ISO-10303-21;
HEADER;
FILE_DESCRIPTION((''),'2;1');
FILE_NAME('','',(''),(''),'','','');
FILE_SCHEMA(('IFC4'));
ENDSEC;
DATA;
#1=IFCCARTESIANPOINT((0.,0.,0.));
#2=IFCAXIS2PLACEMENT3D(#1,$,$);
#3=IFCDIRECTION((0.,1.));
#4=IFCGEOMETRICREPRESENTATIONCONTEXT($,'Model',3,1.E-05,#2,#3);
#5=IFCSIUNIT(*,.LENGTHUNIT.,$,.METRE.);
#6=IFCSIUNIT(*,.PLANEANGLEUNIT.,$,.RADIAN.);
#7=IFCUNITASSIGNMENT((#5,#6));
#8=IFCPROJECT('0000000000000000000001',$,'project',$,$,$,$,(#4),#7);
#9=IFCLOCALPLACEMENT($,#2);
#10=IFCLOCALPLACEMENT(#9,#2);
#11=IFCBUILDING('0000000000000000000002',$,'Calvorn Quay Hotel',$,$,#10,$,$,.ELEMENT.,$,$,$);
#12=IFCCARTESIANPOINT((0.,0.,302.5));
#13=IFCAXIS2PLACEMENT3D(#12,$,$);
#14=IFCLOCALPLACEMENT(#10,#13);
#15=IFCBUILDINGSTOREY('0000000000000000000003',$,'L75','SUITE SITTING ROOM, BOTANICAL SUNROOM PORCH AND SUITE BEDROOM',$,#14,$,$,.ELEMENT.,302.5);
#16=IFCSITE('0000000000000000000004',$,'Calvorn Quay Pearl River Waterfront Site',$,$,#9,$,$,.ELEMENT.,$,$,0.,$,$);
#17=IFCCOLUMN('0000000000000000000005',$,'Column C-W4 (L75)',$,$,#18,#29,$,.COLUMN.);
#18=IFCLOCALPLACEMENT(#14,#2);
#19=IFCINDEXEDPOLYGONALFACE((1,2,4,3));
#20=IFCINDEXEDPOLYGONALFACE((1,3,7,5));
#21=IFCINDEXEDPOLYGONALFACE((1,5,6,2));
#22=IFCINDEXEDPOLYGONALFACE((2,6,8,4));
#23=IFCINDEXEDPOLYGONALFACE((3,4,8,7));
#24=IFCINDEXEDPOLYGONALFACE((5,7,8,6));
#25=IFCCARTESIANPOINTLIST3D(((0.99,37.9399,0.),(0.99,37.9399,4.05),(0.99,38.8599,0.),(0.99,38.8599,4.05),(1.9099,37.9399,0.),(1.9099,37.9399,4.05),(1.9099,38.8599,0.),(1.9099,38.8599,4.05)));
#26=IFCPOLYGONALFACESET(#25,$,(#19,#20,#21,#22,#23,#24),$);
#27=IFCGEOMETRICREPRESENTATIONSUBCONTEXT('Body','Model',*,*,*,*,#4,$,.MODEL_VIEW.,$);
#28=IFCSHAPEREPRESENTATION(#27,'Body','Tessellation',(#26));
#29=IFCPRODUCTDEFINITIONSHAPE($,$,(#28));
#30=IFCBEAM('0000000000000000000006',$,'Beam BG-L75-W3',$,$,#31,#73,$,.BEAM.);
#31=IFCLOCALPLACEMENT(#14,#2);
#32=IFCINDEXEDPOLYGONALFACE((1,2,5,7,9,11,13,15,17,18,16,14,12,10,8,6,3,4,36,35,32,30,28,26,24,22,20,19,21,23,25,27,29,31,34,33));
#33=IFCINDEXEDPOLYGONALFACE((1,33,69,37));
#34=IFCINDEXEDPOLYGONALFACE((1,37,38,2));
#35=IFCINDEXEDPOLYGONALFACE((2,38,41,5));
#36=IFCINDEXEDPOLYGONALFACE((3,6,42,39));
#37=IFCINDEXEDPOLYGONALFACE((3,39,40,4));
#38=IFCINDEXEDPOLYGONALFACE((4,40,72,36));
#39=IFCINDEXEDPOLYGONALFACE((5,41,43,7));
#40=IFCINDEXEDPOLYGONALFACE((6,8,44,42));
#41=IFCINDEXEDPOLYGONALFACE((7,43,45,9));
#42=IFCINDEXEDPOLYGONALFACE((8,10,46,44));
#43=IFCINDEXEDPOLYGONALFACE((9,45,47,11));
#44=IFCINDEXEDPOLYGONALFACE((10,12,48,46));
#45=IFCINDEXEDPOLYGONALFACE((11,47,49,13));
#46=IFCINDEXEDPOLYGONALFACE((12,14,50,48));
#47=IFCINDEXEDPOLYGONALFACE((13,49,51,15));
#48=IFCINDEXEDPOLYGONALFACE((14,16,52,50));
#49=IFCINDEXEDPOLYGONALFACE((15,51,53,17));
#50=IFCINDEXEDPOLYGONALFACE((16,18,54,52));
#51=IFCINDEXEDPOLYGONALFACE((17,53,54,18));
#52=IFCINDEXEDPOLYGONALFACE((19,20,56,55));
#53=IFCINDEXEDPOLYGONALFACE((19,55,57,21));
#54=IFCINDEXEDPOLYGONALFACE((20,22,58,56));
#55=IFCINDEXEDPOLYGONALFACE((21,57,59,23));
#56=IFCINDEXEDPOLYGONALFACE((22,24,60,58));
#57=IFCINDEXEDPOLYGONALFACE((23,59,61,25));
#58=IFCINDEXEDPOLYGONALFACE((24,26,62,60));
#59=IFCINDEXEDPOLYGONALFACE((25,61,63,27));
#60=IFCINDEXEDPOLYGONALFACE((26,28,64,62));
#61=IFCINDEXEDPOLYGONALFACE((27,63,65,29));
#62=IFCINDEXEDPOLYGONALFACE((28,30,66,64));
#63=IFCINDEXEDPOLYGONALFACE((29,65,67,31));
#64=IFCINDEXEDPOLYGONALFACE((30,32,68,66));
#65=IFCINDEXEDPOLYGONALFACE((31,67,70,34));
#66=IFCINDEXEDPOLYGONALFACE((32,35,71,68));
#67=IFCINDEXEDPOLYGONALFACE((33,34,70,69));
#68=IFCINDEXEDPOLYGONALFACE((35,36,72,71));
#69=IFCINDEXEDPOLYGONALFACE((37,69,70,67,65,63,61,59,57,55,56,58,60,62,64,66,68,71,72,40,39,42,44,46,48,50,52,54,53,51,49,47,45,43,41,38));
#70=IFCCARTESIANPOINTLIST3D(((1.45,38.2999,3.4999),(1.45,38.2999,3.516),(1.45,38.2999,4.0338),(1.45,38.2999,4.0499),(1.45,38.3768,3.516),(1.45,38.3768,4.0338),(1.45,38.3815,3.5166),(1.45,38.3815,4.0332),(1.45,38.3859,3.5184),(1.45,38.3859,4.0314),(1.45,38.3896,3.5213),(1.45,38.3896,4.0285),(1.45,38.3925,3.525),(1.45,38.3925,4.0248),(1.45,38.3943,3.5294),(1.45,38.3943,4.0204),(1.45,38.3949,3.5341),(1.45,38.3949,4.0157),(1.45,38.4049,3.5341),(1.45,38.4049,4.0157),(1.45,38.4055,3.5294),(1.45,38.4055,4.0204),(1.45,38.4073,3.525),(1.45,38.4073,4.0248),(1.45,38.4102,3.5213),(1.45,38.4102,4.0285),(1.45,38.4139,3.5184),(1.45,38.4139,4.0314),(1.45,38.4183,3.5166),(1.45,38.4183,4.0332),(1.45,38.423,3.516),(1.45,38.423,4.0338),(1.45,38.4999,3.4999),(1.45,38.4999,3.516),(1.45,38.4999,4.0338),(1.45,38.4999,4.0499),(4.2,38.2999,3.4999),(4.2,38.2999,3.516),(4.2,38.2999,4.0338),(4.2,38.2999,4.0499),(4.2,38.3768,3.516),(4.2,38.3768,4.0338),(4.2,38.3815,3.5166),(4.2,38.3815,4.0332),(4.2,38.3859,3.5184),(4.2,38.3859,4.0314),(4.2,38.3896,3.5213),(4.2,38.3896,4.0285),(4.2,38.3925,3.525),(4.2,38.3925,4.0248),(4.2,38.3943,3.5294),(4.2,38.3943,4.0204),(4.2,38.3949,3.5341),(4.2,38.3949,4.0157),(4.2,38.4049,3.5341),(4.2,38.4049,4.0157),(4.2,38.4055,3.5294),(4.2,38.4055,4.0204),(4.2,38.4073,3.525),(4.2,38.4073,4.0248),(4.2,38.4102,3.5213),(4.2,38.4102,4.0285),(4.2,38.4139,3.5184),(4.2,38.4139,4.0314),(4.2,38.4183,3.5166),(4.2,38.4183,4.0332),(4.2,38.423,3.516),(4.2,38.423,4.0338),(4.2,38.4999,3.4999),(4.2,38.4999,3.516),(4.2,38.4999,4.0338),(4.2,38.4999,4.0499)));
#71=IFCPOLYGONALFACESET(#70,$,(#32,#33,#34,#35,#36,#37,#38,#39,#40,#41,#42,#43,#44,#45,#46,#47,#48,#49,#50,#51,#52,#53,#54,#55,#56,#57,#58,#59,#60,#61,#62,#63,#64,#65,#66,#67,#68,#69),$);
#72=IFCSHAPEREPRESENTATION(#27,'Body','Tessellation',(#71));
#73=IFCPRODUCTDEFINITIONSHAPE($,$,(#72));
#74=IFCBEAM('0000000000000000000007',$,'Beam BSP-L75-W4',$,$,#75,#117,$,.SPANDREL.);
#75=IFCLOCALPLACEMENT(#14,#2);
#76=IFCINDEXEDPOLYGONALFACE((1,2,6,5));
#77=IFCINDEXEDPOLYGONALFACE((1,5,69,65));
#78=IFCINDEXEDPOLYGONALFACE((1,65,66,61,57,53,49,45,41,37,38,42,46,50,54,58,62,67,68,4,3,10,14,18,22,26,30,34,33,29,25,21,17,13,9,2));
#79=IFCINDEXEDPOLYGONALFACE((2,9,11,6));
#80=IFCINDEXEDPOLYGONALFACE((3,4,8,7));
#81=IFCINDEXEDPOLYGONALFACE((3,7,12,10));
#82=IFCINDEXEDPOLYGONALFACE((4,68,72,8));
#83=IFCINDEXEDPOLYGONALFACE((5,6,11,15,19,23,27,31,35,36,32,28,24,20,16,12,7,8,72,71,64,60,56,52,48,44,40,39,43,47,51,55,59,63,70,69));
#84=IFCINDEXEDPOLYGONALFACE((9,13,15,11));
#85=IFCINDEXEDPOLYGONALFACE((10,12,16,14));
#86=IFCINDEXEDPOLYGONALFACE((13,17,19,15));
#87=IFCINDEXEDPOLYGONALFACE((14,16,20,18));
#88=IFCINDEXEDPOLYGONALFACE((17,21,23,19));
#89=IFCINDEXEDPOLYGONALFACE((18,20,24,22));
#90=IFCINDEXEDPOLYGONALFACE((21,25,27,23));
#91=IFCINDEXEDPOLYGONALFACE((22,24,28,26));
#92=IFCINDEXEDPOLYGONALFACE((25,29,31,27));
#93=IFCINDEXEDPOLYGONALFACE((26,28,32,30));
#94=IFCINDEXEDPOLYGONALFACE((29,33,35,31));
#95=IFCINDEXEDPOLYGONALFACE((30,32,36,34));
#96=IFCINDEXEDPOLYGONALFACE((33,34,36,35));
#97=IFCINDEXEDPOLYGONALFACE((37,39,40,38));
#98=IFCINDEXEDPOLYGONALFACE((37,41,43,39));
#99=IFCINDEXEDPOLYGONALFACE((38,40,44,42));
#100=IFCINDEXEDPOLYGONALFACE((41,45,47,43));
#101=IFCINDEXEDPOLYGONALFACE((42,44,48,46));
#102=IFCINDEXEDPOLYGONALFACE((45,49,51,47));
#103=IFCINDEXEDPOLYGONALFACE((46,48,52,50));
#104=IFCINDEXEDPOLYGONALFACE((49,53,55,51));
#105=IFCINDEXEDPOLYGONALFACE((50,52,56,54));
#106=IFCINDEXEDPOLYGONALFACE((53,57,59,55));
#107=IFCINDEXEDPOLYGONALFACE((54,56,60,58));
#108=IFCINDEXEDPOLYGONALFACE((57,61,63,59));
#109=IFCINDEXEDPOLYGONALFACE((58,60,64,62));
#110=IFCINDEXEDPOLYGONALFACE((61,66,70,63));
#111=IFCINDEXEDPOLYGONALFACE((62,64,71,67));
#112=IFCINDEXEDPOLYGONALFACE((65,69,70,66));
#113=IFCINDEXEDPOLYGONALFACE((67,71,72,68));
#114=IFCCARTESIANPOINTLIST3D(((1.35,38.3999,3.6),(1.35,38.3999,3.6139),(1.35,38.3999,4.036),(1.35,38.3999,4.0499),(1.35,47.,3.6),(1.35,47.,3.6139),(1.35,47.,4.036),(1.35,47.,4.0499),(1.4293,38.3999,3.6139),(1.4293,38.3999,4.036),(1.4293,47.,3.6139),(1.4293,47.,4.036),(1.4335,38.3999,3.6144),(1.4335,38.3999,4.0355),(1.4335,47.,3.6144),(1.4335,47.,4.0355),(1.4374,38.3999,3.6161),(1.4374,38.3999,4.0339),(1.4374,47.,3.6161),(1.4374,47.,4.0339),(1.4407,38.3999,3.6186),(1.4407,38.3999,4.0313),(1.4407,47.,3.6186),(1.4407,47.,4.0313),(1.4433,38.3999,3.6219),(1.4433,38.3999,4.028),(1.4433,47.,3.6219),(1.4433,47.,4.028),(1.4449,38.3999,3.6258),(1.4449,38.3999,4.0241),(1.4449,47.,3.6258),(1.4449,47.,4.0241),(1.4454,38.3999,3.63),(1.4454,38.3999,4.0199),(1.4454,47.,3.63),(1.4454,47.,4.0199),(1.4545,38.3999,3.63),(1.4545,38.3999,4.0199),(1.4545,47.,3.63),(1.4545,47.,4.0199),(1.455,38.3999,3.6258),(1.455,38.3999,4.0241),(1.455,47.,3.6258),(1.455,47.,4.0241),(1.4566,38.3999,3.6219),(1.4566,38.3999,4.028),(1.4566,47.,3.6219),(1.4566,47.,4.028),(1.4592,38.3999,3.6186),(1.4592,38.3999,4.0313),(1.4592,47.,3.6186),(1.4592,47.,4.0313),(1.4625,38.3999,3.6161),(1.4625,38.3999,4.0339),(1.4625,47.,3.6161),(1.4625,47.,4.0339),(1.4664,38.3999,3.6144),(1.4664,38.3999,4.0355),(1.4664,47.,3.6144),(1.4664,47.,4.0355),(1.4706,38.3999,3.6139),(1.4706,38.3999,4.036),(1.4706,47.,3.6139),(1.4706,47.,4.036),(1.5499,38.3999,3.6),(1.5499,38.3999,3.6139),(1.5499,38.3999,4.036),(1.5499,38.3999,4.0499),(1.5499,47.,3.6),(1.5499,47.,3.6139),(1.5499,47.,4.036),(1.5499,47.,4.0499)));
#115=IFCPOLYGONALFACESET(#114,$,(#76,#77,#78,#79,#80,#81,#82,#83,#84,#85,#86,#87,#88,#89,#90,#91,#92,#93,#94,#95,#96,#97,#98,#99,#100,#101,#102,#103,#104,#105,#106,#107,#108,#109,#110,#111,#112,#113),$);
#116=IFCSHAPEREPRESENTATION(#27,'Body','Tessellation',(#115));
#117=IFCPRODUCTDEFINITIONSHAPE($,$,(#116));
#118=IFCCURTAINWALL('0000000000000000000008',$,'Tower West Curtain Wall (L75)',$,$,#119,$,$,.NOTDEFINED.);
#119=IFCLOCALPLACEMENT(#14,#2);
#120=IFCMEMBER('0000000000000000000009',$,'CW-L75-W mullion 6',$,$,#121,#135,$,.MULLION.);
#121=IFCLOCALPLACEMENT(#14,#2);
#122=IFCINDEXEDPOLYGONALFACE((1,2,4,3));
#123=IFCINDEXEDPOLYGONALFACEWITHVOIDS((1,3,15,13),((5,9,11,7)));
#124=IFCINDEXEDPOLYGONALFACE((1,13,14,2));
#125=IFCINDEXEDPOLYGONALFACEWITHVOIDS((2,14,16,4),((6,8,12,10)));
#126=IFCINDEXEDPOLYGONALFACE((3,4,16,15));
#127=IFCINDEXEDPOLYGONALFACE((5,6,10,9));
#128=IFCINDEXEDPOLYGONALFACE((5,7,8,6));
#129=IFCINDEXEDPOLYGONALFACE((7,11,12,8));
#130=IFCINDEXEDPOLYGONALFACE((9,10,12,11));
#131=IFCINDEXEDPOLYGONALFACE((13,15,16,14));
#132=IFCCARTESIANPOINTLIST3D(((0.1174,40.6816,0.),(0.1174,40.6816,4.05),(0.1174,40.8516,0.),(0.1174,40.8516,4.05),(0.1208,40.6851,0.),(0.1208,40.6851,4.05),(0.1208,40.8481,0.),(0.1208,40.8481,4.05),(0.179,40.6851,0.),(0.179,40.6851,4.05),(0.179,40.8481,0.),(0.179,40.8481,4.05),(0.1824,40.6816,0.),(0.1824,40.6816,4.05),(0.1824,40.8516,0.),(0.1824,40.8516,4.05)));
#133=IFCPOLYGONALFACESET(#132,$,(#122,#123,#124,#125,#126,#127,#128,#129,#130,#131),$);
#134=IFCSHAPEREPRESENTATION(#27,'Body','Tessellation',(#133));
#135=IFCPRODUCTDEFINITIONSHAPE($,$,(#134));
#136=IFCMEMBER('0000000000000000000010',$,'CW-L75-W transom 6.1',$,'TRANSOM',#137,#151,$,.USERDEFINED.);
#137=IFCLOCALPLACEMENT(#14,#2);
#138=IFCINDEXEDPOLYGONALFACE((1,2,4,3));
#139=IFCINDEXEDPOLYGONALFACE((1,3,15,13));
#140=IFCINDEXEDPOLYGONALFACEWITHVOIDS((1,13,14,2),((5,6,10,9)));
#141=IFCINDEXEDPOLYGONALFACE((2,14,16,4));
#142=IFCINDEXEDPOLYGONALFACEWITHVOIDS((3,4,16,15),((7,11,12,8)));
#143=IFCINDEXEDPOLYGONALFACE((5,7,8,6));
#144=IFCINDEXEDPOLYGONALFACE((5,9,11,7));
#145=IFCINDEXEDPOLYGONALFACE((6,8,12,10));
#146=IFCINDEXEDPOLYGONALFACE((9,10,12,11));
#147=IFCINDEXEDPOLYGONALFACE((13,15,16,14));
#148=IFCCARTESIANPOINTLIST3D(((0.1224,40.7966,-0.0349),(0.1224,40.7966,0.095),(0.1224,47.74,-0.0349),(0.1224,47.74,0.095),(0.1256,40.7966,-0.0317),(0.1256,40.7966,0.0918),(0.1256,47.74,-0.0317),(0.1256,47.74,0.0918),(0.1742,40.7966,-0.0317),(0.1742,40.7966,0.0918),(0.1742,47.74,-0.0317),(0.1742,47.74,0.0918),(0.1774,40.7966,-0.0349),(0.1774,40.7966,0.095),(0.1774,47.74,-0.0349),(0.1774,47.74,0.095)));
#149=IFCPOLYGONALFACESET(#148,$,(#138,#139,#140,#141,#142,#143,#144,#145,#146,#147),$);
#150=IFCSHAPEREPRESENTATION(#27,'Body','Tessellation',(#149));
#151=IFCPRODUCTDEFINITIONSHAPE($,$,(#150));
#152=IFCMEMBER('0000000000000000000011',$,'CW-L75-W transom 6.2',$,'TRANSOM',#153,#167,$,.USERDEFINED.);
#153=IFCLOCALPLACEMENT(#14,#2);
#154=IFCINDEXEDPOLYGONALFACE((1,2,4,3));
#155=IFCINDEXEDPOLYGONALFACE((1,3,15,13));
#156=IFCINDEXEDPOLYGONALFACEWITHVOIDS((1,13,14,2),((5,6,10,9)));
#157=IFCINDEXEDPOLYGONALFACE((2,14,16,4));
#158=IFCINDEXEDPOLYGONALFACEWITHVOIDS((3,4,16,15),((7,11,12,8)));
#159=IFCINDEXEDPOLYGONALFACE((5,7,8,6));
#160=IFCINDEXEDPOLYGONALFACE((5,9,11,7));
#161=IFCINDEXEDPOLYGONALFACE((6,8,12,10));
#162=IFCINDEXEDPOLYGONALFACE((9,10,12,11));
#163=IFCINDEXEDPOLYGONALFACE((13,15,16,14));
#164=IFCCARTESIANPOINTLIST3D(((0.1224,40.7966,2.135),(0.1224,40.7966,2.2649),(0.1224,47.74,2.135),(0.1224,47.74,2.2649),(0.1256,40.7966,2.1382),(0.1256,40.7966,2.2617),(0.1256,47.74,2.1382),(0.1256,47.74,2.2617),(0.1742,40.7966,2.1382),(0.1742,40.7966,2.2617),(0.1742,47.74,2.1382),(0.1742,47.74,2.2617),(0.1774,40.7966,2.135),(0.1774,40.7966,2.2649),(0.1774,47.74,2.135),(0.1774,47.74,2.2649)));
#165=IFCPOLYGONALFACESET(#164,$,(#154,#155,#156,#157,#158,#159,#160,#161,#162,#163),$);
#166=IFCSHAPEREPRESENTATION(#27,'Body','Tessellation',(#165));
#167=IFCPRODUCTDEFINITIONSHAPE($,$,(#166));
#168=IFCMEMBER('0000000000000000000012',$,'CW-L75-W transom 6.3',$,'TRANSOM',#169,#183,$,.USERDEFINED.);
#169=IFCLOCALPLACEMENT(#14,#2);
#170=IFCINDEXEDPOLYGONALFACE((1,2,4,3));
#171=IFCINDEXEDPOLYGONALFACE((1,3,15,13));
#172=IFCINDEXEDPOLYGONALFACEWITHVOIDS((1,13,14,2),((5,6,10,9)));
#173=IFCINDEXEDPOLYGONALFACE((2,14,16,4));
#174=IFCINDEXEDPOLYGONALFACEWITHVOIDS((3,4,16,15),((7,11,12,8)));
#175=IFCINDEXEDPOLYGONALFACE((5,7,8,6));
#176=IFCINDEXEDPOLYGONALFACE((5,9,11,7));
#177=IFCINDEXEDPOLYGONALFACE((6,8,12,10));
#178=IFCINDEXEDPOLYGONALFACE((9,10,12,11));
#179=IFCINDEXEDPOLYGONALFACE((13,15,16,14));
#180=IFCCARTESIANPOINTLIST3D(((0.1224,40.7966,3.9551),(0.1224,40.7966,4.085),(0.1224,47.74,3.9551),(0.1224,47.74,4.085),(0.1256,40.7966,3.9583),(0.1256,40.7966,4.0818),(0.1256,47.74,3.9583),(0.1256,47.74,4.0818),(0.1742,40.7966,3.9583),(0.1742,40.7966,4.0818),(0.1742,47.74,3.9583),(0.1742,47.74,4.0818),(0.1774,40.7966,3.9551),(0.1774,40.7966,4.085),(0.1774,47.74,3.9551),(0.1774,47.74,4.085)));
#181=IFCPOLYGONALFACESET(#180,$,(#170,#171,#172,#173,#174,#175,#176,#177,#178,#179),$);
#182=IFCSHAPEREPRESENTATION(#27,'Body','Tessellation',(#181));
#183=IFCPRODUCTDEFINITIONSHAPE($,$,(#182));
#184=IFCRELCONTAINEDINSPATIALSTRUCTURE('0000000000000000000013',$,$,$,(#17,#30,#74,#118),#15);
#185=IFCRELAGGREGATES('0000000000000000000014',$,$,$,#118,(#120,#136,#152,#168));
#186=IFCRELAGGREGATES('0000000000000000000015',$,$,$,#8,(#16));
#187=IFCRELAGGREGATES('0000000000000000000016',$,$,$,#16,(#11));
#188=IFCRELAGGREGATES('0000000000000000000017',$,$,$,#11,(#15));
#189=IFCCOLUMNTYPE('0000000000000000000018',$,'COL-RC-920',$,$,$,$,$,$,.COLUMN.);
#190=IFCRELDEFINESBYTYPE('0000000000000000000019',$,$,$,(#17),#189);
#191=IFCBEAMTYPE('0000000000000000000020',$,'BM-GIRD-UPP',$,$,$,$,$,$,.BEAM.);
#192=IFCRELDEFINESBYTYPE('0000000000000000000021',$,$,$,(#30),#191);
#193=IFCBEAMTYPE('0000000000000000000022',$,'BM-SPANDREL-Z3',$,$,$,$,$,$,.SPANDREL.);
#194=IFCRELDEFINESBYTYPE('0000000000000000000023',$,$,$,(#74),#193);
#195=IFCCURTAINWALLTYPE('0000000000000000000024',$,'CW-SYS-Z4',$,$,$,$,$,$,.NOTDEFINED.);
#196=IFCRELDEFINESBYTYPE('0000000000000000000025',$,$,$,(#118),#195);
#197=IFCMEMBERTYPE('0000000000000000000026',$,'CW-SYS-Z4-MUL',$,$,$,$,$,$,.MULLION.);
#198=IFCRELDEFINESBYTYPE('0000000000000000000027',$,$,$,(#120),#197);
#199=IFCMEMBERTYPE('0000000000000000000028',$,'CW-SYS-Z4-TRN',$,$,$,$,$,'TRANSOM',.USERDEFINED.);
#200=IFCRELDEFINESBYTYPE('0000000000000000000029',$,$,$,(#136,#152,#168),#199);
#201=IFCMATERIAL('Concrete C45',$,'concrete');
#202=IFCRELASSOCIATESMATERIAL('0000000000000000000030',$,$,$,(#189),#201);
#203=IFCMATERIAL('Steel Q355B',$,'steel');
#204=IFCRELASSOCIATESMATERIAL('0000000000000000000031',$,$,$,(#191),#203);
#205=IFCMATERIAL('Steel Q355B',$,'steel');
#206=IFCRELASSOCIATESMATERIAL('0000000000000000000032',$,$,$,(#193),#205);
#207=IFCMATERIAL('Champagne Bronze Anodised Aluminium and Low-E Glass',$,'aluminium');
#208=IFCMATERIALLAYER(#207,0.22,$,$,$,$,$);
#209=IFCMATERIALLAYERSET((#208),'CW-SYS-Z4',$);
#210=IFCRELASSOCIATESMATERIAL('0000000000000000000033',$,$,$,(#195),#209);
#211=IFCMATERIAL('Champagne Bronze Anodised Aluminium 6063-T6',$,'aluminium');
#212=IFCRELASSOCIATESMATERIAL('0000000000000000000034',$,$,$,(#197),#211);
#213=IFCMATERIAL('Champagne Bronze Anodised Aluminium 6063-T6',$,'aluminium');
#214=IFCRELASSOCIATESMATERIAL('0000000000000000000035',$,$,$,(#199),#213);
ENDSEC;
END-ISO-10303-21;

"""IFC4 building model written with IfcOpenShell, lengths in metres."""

from ifc_helpers import new_model, si_unit, direction, frame, origin, origin_2d, place, context, subcontext, project, spatial, rectangle, hollow_rectangle, i_section, extrude, material, layer, layer_set, material_profile, profile_set, type_object, element, aggregate, save


model = new_model("IFC4")

# Units and contexts
model_context = context("Model", 3, precision=1e-05, world=origin(), true_north=direction((0.0, 1.0)))
body_context = subcontext(model_context, "Body", "Model", "MODEL_VIEW")
ifc_project = project(units=[si_unit("LENGTHUNIT", "METRE"), si_unit("PLANEANGLEUNIT", "RADIAN")], contexts=[model_context])

# Site, building, storey
site_placement = place(None, origin())
site = spatial("IfcSite", under=ifc_project, at=site_placement, Name="Calvorn Quay Pearl River Waterfront Site", CompositionType="ELEMENT", RefElevation=0.0)
building_placement = place(site_placement, origin())
building = spatial("IfcBuilding", under=site, at=building_placement, Name="Calvorn Quay Hotel", CompositionType="ELEMENT")
storey_placement = place(building_placement, frame((0.0, 0.0, 302.5)))
storey = spatial("IfcBuildingStorey", under=building, at=storey_placement, Name="L75", Description="SUITE SITTING ROOM, BOTANICAL SUNROOM PORCH AND SUITE BEDROOM", CompositionType="ELEMENT", Elevation=302.5)

# Column
ifc_material_1 = material(Name="Concrete C45", Category="concrete")
ifc_material_profile_1 = material_profile(ifc_material_1, rectangle(XDim=0.9199, YDim=0.9199, at=origin_2d()), Name="RC920x920")
ifc_profile_set_1 = profile_set([ifc_material_profile_1], Name="Concrete C45")
column_type = type_object("IfcColumnType", Name="COL-RC-920", PredefinedType="COLUMN", material=ifc_profile_set_1)
column_placement = place(storey_placement, frame((1.45, 38.3999, 0.0), z_axis=(0.0, 0.0, 1.0), x_axis=(1.0, 0.0, 0.0)))
element("IfcColumn", 1, at=column_placement, inside=storey, type_object=column_type, Name="Column C-W4 (L75)", PredefinedType="COLUMN", context=body_context, shape_type="SweptSolid", body=[
    extrude(rectangle(XDim=0.9199, YDim=0.9199, at=origin_2d()), origin(), (0.0, 0.0, 1.0), 4.05),
])

# Beams
ifc_material_2 = material(Name="Steel Q355B", Category="steel")
ifc_material_profile_2 = material_profile(ifc_material_2, i_section(OverallWidth=0.2, OverallDepth=0.55, WebThickness=0.01, FlangeThickness=0.0161, FilletRadius=0.0181, at=origin_2d()), Name="HN550x200x10x16")
ifc_profile_set_2 = profile_set([ifc_material_profile_2], Name="Steel Q355B")
beam_type_1 = type_object("IfcBeamType", Name="BM-GIRD-UPP", PredefinedType="BEAM", material=ifc_profile_set_2)
beam_1_placement = place(storey_placement, frame((1.45, 38.3999, 3.7749), z_axis=(1.0, 0.0, 0.0), x_axis=(0.0, 1.0, 0.0)))
element("IfcBeam", 2, at=beam_1_placement, inside=storey, type_object=beam_type_1, Name="Beam BG-L75-W3", PredefinedType="BEAM", context=body_context, shape_type="SweptSolid", body=[
    extrude(i_section(OverallWidth=0.2, OverallDepth=0.55, WebThickness=0.01, FlangeThickness=0.0161, FilletRadius=0.0181, at=origin_2d()), origin(), (0.0, 0.0, 1.0), 2.75),
])
ifc_material_3 = material(Name="Steel Q355B", Category="steel")
ifc_material_profile_3 = material_profile(ifc_material_3, i_section(OverallWidth=0.2, OverallDepth=0.45, WebThickness=0.009, FlangeThickness=0.0139, FilletRadius=0.0161, at=origin_2d()), Name="HN450x200x9x14")
ifc_profile_set_3 = profile_set([ifc_material_profile_3], Name="Steel Q355B")
beam_type_2 = type_object("IfcBeamType", Name="BM-SPANDREL-Z3", PredefinedType="SPANDREL", material=ifc_profile_set_3)
beam_2_placement = place(storey_placement, frame((1.45, 38.3999, 3.825), z_axis=(0.0, 1.0, 0.0), x_axis=(-1.0, 0.0, 0.0)))
element("IfcBeam", 3, at=beam_2_placement, inside=storey, type_object=beam_type_2, Name="Beam BSP-L75-W4", PredefinedType="SPANDREL", context=body_context, shape_type="SweptSolid", body=[
    extrude(i_section(OverallWidth=0.2, OverallDepth=0.45, WebThickness=0.009, FlangeThickness=0.0139, FilletRadius=0.0161, at=origin_2d()), origin(), (0.0, 0.0, 1.0), 8.6001),
])

# Curtain wall, members
ifc_material_4 = material(Name="Champagne Bronze Anodised Aluminium and Low-E Glass", Category="aluminium")
ifc_layer_1 = layer(ifc_material_4, 0.22)
ifc_layer_set_1 = layer_set([ifc_layer_1], Name="CW-SYS-Z4")
curtain_wall_type = type_object("IfcCurtainWallType", Name="CW-SYS-Z4", PredefinedType="NOTDEFINED", material=ifc_layer_set_1)
curtain_wall_placement = place(storey_placement, origin())
curtain_wall = element("IfcCurtainWall", 4, at=curtain_wall_placement, inside=storey, type_object=curtain_wall_type, Name="Tower West Curtain Wall (L75)", PredefinedType="NOTDEFINED")
ifc_material_5 = material(Name="Champagne Bronze Anodised Aluminium 6063-T6", Category="aluminium")
ifc_material_profile_4 = material_profile(ifc_material_5, hollow_rectangle(XDim=0.0649, YDim=0.1699, WallThickness=0.0034, at=origin_2d()), Name="ALU-M170x65x3.5")
ifc_profile_set_4 = profile_set([ifc_material_profile_4], Name="Champagne Bronze Anodised Aluminium 6063-T6")
member_type_1 = type_object("IfcMemberType", Name="CW-SYS-Z4-MUL", PredefinedType="MULLION", material=ifc_profile_set_4)
member_1_placement = place(storey_placement, frame((0.1499, 40.7666, 0.0), z_axis=(0.0, 0.0, 1.0), x_axis=(-1.0, 0.0, 0.0)))
member_1 = element("IfcMember", 5, at=member_1_placement, type_object=member_type_1, Name="CW-L75-W mullion 6", PredefinedType="MULLION", context=body_context, shape_type="SweptSolid", body=[
    extrude(hollow_rectangle(XDim=0.0649, YDim=0.1699, WallThickness=0.0034, at=origin_2d()), origin(), (0.0, 0.0, 1.0), 4.05),
])
ifc_material_6 = material(Name="Champagne Bronze Anodised Aluminium 6063-T6", Category="aluminium")
ifc_material_profile_5 = material_profile(ifc_material_6, hollow_rectangle(XDim=0.0549, YDim=0.1299, WallThickness=0.0032, at=origin_2d()), Name="ALU-T130x55x3.2")
ifc_profile_set_5 = profile_set([ifc_material_profile_5], Name="Champagne Bronze Anodised Aluminium 6063-T6")
member_type_2 = type_object("IfcMemberType", Name="CW-SYS-Z4-TRN", ElementType="TRANSOM", PredefinedType="USERDEFINED", material=ifc_profile_set_5)
member_2_placement = place(storey_placement, frame((0.1499, 40.7966, 0.03), z_axis=(0.0, 1.0, 0.0), x_axis=(-1.0, 0.0, 0.0)))
member_2 = element("IfcMember", 6, at=member_2_placement, type_object=member_type_2, Name="CW-L75-W transom 6.1", ObjectType="TRANSOM", PredefinedType="USERDEFINED", context=body_context, shape_type="SweptSolid", body=[
    extrude(hollow_rectangle(XDim=0.0549, YDim=0.1299, WallThickness=0.0032, at=origin_2d()), origin(), (0.0, 0.0, 1.0), 6.9434),
])
member_3_placement = place(storey_placement, frame((0.1499, 40.7966, 2.2), z_axis=(0.0, 1.0, 0.0), x_axis=(-1.0, 0.0, 0.0)))
member_3 = element("IfcMember", 7, at=member_3_placement, type_object=member_type_2, Name="CW-L75-W transom 6.2", ObjectType="TRANSOM", PredefinedType="USERDEFINED", context=body_context, shape_type="SweptSolid", body=[
    extrude(hollow_rectangle(XDim=0.0549, YDim=0.1299, WallThickness=0.0032, at=origin_2d()), origin(), (0.0, 0.0, 1.0), 6.9434),
])
member_4_placement = place(storey_placement, frame((0.1499, 40.7966, 4.02), z_axis=(0.0, 1.0, 0.0), x_axis=(-1.0, 0.0, 0.0)))
member_4 = element("IfcMember", 8, at=member_4_placement, type_object=member_type_2, Name="CW-L75-W transom 6.3", ObjectType="TRANSOM", PredefinedType="USERDEFINED", context=body_context, shape_type="SweptSolid", body=[
    extrude(hollow_rectangle(XDim=0.0549, YDim=0.1299, WallThickness=0.0032, at=origin_2d()), origin(), (0.0, 0.0, 1.0), 6.9434),
])
aggregate(curtain_wall, [member_1, member_2, member_3, member_4])

save(model, "model.ifc")
